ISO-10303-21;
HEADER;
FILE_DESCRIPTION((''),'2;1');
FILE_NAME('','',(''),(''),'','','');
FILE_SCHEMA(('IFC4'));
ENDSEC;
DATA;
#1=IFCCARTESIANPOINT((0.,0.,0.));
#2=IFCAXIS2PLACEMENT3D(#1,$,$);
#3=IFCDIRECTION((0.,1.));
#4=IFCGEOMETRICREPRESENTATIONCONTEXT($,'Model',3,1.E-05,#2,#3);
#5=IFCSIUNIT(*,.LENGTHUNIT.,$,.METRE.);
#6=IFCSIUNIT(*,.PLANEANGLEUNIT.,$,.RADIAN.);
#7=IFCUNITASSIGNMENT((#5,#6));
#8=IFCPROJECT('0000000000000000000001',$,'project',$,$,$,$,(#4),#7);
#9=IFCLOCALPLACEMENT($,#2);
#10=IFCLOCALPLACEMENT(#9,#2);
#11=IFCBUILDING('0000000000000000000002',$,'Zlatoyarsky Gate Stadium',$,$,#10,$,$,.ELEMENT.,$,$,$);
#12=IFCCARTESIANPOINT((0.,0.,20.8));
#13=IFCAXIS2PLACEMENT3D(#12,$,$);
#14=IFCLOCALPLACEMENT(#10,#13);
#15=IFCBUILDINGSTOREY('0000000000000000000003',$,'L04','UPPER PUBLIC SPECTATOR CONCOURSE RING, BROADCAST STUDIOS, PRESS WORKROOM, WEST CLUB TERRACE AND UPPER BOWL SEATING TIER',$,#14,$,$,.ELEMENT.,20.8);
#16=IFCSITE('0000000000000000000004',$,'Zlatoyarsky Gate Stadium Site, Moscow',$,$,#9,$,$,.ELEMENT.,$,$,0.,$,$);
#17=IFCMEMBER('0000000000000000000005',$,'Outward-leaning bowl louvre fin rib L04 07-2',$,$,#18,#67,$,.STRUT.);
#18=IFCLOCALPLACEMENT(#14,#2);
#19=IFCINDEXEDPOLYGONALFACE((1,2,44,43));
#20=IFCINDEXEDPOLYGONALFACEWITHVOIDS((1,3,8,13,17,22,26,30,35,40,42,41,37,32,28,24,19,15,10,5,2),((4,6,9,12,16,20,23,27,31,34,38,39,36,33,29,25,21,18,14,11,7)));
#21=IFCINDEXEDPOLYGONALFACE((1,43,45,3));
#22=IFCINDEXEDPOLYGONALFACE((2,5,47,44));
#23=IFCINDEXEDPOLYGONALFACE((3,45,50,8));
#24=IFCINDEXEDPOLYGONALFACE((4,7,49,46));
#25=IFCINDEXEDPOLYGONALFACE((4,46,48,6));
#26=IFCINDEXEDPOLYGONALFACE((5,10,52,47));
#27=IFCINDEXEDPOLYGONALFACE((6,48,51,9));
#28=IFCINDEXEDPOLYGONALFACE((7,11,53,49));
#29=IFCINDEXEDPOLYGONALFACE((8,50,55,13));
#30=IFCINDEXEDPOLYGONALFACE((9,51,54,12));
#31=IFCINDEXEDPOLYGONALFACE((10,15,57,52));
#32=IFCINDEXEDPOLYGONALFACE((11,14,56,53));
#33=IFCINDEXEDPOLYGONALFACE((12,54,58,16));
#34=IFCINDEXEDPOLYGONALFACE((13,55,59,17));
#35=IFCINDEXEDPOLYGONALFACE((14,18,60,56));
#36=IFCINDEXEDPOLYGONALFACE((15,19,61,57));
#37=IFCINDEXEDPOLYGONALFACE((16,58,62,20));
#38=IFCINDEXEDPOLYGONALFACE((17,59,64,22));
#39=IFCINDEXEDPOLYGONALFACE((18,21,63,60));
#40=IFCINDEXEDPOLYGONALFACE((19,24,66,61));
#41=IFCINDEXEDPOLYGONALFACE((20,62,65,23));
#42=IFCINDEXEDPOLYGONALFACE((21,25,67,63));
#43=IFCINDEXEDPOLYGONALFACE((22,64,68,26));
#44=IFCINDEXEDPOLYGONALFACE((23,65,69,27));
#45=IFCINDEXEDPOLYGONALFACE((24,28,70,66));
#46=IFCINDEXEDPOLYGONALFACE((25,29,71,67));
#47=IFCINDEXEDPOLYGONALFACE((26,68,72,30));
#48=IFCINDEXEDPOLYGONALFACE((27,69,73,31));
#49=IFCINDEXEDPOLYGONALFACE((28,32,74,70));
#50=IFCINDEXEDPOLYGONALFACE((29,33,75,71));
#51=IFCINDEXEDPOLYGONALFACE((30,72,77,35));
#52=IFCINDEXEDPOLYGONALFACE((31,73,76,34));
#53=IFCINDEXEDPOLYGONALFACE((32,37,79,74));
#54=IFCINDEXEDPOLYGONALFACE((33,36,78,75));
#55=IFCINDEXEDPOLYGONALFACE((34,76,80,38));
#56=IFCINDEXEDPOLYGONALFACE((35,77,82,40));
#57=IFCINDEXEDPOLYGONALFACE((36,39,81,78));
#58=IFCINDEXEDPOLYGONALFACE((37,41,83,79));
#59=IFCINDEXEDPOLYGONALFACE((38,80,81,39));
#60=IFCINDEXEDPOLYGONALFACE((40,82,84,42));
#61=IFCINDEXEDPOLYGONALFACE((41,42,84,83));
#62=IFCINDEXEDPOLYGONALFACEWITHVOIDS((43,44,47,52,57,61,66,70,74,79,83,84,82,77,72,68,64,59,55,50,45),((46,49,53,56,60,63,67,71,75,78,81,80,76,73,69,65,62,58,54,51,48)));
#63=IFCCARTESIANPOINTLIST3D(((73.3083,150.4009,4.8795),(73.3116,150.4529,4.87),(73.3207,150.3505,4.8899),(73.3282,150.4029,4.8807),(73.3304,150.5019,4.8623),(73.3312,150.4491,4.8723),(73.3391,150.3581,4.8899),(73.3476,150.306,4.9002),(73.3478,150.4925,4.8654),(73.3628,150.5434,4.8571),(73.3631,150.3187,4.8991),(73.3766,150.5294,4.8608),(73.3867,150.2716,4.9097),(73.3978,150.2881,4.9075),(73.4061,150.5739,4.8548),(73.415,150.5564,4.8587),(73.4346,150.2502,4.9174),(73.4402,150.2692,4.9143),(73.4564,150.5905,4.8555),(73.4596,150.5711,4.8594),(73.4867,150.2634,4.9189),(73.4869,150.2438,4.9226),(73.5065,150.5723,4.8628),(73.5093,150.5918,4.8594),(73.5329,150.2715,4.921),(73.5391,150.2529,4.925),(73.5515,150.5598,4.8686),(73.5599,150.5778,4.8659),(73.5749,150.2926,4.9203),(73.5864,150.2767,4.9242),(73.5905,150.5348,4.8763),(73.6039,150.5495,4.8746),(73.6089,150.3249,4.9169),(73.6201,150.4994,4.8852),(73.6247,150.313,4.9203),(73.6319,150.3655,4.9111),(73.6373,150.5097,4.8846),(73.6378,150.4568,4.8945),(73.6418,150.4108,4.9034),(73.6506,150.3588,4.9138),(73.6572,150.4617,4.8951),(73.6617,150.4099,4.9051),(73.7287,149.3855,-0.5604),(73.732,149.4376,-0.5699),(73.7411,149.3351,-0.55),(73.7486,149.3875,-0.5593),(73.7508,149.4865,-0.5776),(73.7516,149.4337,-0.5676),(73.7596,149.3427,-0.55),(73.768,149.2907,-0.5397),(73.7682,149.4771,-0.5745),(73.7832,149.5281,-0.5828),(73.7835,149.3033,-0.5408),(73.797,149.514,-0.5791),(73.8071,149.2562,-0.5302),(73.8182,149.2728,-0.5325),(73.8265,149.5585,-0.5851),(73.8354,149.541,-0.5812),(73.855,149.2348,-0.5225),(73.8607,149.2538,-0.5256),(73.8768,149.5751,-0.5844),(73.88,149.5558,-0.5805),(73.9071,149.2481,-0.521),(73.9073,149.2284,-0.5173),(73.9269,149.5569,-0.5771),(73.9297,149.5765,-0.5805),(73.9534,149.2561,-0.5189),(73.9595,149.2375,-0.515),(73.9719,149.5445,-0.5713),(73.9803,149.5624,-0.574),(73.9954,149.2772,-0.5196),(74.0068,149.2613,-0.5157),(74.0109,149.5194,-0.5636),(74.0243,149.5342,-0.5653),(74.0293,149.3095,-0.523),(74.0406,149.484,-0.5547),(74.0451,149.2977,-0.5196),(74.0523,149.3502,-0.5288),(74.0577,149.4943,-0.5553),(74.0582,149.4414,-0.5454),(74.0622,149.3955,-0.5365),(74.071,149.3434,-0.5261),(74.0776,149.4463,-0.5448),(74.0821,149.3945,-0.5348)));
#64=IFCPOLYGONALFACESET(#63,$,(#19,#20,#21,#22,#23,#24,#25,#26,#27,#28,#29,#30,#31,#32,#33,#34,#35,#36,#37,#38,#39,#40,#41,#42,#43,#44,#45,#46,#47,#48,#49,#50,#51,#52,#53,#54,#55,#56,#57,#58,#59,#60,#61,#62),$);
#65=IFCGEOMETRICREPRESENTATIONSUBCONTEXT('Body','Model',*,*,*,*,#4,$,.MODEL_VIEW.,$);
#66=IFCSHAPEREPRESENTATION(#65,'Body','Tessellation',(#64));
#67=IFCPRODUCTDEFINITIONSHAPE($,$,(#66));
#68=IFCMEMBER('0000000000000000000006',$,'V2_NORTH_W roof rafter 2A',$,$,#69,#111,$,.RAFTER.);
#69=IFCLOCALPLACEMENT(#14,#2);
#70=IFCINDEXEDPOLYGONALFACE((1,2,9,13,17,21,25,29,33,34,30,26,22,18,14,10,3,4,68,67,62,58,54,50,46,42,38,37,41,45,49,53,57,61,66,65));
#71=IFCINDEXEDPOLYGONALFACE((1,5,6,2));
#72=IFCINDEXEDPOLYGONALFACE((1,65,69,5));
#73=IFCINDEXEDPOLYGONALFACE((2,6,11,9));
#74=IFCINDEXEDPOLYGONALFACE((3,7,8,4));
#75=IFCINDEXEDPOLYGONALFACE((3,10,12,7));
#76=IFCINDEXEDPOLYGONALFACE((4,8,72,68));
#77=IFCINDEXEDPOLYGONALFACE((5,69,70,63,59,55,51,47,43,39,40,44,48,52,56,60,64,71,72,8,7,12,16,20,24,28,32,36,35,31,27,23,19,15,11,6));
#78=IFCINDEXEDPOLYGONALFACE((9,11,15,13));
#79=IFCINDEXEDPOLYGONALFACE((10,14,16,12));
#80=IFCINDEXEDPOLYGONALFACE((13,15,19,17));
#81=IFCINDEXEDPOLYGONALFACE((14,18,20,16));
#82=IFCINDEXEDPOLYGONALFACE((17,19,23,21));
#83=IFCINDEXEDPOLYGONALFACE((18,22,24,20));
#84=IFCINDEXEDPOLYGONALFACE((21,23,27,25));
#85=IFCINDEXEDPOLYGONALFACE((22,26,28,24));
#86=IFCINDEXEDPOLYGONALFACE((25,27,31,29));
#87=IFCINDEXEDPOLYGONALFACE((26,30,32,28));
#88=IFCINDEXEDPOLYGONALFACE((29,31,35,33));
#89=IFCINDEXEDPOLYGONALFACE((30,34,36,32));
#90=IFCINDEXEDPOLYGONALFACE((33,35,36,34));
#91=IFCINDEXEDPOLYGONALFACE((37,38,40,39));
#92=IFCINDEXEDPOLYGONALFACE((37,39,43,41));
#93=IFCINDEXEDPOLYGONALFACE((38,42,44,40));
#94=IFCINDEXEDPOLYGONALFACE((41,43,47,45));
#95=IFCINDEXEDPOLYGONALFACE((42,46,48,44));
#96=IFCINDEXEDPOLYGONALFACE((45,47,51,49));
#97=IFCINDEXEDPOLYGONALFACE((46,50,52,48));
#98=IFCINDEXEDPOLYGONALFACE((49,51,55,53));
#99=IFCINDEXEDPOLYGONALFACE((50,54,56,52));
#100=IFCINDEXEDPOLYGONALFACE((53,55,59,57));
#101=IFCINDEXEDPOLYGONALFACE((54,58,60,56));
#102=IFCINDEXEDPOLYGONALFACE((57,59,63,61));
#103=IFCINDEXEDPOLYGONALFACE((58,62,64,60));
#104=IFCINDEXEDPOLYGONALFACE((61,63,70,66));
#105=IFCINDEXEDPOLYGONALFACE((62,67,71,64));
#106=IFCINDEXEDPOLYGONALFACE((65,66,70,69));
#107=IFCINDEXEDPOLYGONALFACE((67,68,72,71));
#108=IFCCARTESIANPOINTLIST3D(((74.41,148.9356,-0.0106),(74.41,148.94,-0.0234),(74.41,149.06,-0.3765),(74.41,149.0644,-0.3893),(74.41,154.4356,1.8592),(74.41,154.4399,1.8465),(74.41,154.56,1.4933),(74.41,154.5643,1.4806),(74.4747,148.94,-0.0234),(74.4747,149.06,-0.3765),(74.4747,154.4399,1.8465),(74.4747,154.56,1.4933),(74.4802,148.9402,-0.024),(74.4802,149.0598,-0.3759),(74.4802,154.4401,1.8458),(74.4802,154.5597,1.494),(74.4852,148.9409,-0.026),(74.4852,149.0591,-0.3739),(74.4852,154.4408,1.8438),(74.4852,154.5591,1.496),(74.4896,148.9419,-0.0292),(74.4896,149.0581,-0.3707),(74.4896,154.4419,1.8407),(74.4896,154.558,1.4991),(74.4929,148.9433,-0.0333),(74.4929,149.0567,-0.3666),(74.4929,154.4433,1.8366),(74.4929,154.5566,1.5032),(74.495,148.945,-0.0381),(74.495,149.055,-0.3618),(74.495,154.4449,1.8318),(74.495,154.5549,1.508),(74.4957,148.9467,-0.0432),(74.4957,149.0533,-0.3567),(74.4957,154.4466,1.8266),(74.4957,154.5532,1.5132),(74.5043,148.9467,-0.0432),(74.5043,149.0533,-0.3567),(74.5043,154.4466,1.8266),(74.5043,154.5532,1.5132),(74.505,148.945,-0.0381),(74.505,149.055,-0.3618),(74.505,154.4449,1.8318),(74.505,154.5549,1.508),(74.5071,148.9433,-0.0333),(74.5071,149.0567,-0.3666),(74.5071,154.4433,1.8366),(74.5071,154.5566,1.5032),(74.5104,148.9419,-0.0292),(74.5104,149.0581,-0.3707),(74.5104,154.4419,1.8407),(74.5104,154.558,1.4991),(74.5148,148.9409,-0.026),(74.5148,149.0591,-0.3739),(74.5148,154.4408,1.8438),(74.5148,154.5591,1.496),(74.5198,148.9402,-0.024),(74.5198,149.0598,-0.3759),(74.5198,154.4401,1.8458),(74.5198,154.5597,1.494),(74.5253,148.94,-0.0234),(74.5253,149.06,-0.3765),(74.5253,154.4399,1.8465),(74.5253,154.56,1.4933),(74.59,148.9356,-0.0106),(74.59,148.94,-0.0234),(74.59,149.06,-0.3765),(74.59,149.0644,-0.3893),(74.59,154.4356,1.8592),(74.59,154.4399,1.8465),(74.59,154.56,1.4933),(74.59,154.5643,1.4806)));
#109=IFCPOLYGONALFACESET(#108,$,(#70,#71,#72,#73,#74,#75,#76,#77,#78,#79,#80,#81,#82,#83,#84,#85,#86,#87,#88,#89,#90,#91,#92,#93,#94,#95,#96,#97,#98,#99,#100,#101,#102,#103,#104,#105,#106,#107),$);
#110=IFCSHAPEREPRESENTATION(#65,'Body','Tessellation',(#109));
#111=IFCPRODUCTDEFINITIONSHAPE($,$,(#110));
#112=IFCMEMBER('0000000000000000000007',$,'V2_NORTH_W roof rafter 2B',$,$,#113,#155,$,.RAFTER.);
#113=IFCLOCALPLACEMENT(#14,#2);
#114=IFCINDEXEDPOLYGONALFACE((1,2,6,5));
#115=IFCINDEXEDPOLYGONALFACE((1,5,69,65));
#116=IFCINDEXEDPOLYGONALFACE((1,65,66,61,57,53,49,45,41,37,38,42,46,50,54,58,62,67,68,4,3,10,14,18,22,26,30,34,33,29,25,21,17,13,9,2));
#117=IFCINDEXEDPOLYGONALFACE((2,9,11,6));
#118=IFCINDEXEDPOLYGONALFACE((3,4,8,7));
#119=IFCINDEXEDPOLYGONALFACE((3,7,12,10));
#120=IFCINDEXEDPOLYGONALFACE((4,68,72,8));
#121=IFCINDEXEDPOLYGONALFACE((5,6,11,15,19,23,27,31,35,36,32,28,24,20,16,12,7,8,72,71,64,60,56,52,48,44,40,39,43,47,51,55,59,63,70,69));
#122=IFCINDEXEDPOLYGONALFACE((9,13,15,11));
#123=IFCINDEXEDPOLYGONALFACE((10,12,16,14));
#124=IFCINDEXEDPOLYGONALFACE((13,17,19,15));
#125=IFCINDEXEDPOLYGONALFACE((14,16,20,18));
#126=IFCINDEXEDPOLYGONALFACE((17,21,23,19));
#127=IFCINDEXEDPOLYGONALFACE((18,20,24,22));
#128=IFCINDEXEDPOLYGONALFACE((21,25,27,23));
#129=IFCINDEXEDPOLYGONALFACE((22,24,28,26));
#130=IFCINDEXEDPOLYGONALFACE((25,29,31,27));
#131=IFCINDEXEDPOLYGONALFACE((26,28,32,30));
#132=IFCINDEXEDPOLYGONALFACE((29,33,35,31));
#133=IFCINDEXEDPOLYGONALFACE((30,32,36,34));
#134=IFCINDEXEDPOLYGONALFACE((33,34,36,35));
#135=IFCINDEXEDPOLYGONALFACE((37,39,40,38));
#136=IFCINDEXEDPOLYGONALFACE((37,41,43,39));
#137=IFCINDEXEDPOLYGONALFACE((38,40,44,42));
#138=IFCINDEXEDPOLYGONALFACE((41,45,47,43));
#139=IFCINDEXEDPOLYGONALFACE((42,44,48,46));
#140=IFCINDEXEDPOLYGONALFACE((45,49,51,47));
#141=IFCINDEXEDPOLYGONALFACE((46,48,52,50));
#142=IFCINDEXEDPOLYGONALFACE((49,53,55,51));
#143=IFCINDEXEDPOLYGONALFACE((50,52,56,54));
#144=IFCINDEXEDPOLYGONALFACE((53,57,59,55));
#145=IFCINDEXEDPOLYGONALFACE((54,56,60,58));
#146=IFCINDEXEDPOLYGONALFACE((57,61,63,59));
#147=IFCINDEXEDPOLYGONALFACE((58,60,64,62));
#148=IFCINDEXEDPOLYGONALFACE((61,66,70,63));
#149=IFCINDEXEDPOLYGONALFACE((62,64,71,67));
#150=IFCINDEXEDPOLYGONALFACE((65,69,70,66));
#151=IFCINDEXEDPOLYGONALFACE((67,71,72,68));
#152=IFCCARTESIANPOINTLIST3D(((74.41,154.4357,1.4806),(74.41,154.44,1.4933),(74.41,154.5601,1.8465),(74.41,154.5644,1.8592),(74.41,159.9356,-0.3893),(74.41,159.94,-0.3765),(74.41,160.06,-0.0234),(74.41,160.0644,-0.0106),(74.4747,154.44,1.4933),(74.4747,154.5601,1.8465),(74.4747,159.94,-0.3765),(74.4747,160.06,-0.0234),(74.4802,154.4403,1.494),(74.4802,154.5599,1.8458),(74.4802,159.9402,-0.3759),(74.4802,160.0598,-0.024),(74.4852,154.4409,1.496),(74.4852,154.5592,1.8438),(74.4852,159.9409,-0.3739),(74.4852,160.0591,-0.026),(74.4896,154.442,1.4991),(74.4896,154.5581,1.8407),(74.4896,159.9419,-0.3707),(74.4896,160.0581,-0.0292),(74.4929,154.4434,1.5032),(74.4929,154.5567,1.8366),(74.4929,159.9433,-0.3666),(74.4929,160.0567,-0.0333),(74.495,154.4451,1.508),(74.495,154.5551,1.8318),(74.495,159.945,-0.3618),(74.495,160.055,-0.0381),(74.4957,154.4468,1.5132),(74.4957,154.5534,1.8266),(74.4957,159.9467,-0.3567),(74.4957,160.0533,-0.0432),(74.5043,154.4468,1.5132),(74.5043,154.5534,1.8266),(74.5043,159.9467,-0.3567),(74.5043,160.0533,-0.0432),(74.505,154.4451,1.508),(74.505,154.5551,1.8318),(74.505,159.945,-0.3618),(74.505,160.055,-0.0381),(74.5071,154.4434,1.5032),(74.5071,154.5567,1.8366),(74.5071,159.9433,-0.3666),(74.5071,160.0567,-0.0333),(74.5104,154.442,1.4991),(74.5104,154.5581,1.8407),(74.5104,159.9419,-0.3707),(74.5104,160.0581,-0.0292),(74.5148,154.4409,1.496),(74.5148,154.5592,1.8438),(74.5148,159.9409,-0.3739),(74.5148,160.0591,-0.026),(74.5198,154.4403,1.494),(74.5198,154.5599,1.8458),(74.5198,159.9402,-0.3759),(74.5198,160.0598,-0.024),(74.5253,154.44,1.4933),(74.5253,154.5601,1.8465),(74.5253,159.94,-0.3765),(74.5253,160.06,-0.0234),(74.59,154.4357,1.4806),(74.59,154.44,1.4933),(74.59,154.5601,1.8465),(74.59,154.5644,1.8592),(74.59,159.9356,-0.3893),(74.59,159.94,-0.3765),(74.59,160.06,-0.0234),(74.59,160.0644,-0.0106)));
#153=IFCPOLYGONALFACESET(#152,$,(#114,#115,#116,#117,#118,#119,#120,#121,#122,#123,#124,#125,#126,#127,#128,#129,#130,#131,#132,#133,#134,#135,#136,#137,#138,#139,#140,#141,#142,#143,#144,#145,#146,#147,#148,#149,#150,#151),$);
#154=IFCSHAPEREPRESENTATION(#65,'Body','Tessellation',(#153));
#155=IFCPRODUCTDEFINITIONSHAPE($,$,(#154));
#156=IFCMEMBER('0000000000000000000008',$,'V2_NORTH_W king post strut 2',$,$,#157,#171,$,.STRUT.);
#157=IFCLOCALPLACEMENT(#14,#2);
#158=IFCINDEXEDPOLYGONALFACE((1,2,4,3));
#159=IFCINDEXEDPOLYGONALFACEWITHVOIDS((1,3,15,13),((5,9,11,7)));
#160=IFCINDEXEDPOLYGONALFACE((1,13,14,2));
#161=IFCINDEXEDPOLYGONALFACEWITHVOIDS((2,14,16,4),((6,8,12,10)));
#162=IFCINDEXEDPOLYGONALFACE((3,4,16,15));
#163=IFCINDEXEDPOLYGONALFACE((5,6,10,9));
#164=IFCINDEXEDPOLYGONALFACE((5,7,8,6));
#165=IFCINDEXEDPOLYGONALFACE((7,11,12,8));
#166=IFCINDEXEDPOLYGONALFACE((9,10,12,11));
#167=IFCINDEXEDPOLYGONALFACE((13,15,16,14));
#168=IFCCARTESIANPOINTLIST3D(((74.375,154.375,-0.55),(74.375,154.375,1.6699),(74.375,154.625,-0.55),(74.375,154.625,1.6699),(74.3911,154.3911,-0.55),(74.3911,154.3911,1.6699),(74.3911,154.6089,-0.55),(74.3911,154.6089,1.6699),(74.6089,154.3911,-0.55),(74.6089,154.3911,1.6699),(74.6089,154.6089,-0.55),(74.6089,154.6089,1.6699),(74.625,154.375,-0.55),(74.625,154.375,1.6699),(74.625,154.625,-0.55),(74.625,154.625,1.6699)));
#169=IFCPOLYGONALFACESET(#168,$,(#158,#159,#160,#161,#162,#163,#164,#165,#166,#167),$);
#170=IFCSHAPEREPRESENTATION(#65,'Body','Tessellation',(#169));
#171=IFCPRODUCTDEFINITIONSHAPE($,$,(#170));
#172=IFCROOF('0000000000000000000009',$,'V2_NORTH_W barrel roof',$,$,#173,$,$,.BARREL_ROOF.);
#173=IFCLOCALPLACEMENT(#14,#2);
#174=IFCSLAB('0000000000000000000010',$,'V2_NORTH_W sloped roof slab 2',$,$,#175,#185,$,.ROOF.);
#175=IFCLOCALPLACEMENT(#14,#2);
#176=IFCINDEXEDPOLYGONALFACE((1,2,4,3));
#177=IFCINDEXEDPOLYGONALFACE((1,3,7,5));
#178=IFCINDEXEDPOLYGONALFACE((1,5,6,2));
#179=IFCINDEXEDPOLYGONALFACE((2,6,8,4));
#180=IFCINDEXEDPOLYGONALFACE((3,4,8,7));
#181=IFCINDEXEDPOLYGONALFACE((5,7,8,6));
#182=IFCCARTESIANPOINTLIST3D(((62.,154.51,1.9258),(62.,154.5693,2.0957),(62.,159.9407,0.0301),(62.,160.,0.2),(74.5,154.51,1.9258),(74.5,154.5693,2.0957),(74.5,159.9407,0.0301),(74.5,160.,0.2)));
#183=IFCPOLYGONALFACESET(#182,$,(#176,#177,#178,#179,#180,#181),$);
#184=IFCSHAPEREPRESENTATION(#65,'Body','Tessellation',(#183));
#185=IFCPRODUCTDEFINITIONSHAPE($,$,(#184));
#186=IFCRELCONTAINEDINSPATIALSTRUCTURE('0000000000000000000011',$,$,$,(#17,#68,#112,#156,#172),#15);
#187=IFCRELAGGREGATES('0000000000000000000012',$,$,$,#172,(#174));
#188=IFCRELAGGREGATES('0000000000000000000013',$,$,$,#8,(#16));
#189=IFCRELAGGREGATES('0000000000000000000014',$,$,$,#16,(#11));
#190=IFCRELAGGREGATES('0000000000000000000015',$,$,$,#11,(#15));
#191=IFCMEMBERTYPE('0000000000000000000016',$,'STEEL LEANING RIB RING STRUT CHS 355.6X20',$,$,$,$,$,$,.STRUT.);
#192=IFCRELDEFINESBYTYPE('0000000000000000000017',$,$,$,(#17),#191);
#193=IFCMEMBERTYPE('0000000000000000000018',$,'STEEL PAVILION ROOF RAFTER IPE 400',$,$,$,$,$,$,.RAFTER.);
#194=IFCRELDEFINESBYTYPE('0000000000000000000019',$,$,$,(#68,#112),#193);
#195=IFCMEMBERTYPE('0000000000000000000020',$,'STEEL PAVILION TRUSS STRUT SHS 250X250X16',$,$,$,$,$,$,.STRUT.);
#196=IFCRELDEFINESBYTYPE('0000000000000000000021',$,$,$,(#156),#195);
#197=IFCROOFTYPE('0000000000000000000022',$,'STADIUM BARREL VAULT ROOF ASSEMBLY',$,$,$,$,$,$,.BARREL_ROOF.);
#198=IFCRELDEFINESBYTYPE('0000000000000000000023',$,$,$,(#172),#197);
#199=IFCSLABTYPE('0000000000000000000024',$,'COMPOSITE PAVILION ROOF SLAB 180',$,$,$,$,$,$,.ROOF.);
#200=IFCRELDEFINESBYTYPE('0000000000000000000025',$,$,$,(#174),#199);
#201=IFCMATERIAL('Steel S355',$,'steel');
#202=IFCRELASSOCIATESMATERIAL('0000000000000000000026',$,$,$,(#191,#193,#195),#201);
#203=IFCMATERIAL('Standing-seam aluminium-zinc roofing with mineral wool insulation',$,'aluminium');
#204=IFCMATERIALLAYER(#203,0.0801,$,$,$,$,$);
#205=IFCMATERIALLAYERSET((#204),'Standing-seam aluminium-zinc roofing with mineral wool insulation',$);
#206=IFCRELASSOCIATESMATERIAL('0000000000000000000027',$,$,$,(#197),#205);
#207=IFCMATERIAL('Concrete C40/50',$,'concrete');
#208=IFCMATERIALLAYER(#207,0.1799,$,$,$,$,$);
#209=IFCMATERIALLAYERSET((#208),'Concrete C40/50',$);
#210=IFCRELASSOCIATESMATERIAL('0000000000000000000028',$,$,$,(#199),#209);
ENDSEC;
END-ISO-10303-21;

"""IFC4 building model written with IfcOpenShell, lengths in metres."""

from ifc_helpers import new_model, si_unit, direction, frame, origin, origin_2d, place, context, subcontext, project, spatial, polyline, hollow_rectangle, hollow_circle, i_section, outline, extrude, material, layer, layer_set, material_profile, profile_set, type_object, element, aggregate, save


model = new_model("IFC4")

# Units and contexts
model_context = context("Model", 3, precision=1e-05, world=origin(), true_north=direction((0.0, 1.0)))
body_context = subcontext(model_context, "Body", "Model", "MODEL_VIEW")
ifc_project = project(units=[si_unit("LENGTHUNIT", "METRE"), si_unit("PLANEANGLEUNIT", "RADIAN")], contexts=[model_context])

# Site, building, storey
site_placement = place(None, origin())
site = spatial("IfcSite", under=ifc_project, at=site_placement, Name="Zlatoyarsky Gate Stadium Site, Moscow", CompositionType="ELEMENT", RefElevation=0.0)
building_placement = place(site_placement, origin())
building = spatial("IfcBuilding", under=site, at=building_placement, Name="Zlatoyarsky Gate Stadium", CompositionType="ELEMENT")
storey_placement = place(building_placement, frame((0.0, 0.0, 20.8)))
storey = spatial("IfcBuildingStorey", under=building, at=storey_placement, Name="L04", Description="UPPER PUBLIC SPECTATOR CONCOURSE RING, BROADCAST STUDIOS, PRESS WORKROOM, WEST CLUB TERRACE AND UPPER BOWL SEATING TIER", CompositionType="ELEMENT", Elevation=20.8)

# Shared definitions
ifc_material_1 = material(Name="Steel S355", Category="steel")

# Members
ifc_material_profile_1 = material_profile(ifc_material_1, hollow_circle(Radius=0.1777, WallThickness=0.02, at=origin_2d()), Name="CHS 355.6X20")
ifc_profile_set_1 = profile_set([ifc_material_profile_1], Name="Steel S355")
member_type_1 = type_object("IfcMemberType", Name="STEEL LEANING RIB RING STRUT CHS 355.6X20", PredefinedType="STRUT", material=ifc_profile_set_1)
member_1_placement = place(storey_placement, frame((73.9053, 149.4031, -0.55), z_axis=(-0.075752, 0.182957, 0.980198), x_axis=(-0.923936, -0.382548, 0.0)))
element("IfcMember", 1, at=member_1_placement, inside=storey, type_object=member_type_1, Name="Outward-leaning bowl louvre fin rib L04 07-2", PredefinedType="STRUT", context=body_context, shape_type="SweptSolid", body=[
    extrude(hollow_circle(Radius=0.1777, WallThickness=0.02, at=origin_2d()), origin(), (0.0, 0.0, 1.0), 5.5498),
])
ifc_material_profile_2 = material_profile(ifc_material_1, i_section(OverallWidth=0.1799, OverallDepth=0.3999, WebThickness=0.0085, FlangeThickness=0.0134, FilletRadius=0.021, at=origin_2d()), Name="IPE 400")
ifc_profile_set_2 = profile_set([ifc_material_profile_2], Name="Steel S355")
member_type_2 = type_object("IfcMemberType", Name="STEEL PAVILION ROOF RAFTER IPE 400", PredefinedType="RAFTER", material=ifc_profile_set_2)
for number, where, z_axis, x_axis, name in (
    (2, (74.5, 149.0, -0.2), (0.0, 0.946779, 0.321883), (-1.0, 0.0, 0.0), "V2_NORTH_W roof rafter 2A"),
    (3, (74.5, 160.0, -0.2), (0.0, -0.946779, 0.321883), (1.0, 0.0, 0.0), "V2_NORTH_W roof rafter 2B"),
):
    element("IfcMember", number, at=place(storey_placement, frame(where, z_axis=z_axis, x_axis=x_axis)), inside=storey, type_object=member_type_2, Name=name, PredefinedType="RAFTER", context=body_context, shape_type="SweptSolid", body=[
        extrude(i_section(OverallWidth=0.1799, OverallDepth=0.3999, WebThickness=0.0085, FlangeThickness=0.0134, FilletRadius=0.021, at=origin_2d()), origin(), (0.0, 0.0, 1.0), 5.8091),
    ])
ifc_material_profile_3 = material_profile(ifc_material_1, hollow_rectangle(XDim=0.25, YDim=0.25, WallThickness=0.0161, at=origin_2d()), Name="SHS 250X250X16")
ifc_profile_set_3 = profile_set([ifc_material_profile_3], Name="Steel S355")
member_type_3 = type_object("IfcMemberType", Name="STEEL PAVILION TRUSS STRUT SHS 250X250X16", PredefinedType="STRUT", material=ifc_profile_set_3)
member_2_placement = place(storey_placement, frame((74.5, 154.5, -0.55), z_axis=(0.0, 0.0, 1.0), x_axis=(1.0, 0.0, 0.0)))
element("IfcMember", 4, at=member_2_placement, inside=storey, type_object=member_type_3, Name="V2_NORTH_W king post strut 2", PredefinedType="STRUT", context=body_context, shape_type="SweptSolid", body=[
    extrude(hollow_rectangle(XDim=0.25, YDim=0.25, WallThickness=0.0161, at=origin_2d()), origin(), (0.0, 0.0, 1.0), 2.22),
])

# Roof, slab
ifc_material_2 = material(Name="Standing-seam aluminium-zinc roofing with mineral wool insulation", Category="aluminium")
ifc_layer_1 = layer(ifc_material_2, 0.0801)
ifc_layer_set_1 = layer_set([ifc_layer_1], Name="Standing-seam aluminium-zinc roofing with mineral wool insulation")
roof_type = type_object("IfcRoofType", Name="STADIUM BARREL VAULT ROOF ASSEMBLY", PredefinedType="BARREL_ROOF", material=ifc_layer_set_1)
roof_placement = place(storey_placement, origin())
roof = element("IfcRoof", 5, at=roof_placement, inside=storey, type_object=roof_type, Name="V2_NORTH_W barrel roof", PredefinedType="BARREL_ROOF")
ifc_material_3 = material(Name="Concrete C40/50", Category="concrete")
ifc_layer_2 = layer(ifc_material_3, 0.1799)
ifc_layer_set_2 = layer_set([ifc_layer_2], Name="Concrete C40/50")
slab_type = type_object("IfcSlabType", Name="COMPOSITE PAVILION ROOF SLAB 180", PredefinedType="ROOF", material=ifc_layer_set_2)
slab_placement = place(storey_placement, frame((74.5, 160.0, 0.2), z_axis=(0.0, 0.329579, 0.944128), x_axis=(-1.0, 0.0, 0.0)))
slab = element("IfcSlab", 6, at=slab_placement, type_object=slab_type, Name="V2_NORTH_W sloped roof slab 2", PredefinedType="ROOF", context=body_context, shape_type="SweptSolid", body=[
    extrude(outline(polyline([(0.0, 0.0), (12.5, 0.0), (12.5, 5.752), (0.0, 5.752), (0.0, 0.0)])), origin(), (0.0, 0.0, -1.0), 0.1799),
])

aggregate(roof, [slab])

save(model, "model.ifc")
